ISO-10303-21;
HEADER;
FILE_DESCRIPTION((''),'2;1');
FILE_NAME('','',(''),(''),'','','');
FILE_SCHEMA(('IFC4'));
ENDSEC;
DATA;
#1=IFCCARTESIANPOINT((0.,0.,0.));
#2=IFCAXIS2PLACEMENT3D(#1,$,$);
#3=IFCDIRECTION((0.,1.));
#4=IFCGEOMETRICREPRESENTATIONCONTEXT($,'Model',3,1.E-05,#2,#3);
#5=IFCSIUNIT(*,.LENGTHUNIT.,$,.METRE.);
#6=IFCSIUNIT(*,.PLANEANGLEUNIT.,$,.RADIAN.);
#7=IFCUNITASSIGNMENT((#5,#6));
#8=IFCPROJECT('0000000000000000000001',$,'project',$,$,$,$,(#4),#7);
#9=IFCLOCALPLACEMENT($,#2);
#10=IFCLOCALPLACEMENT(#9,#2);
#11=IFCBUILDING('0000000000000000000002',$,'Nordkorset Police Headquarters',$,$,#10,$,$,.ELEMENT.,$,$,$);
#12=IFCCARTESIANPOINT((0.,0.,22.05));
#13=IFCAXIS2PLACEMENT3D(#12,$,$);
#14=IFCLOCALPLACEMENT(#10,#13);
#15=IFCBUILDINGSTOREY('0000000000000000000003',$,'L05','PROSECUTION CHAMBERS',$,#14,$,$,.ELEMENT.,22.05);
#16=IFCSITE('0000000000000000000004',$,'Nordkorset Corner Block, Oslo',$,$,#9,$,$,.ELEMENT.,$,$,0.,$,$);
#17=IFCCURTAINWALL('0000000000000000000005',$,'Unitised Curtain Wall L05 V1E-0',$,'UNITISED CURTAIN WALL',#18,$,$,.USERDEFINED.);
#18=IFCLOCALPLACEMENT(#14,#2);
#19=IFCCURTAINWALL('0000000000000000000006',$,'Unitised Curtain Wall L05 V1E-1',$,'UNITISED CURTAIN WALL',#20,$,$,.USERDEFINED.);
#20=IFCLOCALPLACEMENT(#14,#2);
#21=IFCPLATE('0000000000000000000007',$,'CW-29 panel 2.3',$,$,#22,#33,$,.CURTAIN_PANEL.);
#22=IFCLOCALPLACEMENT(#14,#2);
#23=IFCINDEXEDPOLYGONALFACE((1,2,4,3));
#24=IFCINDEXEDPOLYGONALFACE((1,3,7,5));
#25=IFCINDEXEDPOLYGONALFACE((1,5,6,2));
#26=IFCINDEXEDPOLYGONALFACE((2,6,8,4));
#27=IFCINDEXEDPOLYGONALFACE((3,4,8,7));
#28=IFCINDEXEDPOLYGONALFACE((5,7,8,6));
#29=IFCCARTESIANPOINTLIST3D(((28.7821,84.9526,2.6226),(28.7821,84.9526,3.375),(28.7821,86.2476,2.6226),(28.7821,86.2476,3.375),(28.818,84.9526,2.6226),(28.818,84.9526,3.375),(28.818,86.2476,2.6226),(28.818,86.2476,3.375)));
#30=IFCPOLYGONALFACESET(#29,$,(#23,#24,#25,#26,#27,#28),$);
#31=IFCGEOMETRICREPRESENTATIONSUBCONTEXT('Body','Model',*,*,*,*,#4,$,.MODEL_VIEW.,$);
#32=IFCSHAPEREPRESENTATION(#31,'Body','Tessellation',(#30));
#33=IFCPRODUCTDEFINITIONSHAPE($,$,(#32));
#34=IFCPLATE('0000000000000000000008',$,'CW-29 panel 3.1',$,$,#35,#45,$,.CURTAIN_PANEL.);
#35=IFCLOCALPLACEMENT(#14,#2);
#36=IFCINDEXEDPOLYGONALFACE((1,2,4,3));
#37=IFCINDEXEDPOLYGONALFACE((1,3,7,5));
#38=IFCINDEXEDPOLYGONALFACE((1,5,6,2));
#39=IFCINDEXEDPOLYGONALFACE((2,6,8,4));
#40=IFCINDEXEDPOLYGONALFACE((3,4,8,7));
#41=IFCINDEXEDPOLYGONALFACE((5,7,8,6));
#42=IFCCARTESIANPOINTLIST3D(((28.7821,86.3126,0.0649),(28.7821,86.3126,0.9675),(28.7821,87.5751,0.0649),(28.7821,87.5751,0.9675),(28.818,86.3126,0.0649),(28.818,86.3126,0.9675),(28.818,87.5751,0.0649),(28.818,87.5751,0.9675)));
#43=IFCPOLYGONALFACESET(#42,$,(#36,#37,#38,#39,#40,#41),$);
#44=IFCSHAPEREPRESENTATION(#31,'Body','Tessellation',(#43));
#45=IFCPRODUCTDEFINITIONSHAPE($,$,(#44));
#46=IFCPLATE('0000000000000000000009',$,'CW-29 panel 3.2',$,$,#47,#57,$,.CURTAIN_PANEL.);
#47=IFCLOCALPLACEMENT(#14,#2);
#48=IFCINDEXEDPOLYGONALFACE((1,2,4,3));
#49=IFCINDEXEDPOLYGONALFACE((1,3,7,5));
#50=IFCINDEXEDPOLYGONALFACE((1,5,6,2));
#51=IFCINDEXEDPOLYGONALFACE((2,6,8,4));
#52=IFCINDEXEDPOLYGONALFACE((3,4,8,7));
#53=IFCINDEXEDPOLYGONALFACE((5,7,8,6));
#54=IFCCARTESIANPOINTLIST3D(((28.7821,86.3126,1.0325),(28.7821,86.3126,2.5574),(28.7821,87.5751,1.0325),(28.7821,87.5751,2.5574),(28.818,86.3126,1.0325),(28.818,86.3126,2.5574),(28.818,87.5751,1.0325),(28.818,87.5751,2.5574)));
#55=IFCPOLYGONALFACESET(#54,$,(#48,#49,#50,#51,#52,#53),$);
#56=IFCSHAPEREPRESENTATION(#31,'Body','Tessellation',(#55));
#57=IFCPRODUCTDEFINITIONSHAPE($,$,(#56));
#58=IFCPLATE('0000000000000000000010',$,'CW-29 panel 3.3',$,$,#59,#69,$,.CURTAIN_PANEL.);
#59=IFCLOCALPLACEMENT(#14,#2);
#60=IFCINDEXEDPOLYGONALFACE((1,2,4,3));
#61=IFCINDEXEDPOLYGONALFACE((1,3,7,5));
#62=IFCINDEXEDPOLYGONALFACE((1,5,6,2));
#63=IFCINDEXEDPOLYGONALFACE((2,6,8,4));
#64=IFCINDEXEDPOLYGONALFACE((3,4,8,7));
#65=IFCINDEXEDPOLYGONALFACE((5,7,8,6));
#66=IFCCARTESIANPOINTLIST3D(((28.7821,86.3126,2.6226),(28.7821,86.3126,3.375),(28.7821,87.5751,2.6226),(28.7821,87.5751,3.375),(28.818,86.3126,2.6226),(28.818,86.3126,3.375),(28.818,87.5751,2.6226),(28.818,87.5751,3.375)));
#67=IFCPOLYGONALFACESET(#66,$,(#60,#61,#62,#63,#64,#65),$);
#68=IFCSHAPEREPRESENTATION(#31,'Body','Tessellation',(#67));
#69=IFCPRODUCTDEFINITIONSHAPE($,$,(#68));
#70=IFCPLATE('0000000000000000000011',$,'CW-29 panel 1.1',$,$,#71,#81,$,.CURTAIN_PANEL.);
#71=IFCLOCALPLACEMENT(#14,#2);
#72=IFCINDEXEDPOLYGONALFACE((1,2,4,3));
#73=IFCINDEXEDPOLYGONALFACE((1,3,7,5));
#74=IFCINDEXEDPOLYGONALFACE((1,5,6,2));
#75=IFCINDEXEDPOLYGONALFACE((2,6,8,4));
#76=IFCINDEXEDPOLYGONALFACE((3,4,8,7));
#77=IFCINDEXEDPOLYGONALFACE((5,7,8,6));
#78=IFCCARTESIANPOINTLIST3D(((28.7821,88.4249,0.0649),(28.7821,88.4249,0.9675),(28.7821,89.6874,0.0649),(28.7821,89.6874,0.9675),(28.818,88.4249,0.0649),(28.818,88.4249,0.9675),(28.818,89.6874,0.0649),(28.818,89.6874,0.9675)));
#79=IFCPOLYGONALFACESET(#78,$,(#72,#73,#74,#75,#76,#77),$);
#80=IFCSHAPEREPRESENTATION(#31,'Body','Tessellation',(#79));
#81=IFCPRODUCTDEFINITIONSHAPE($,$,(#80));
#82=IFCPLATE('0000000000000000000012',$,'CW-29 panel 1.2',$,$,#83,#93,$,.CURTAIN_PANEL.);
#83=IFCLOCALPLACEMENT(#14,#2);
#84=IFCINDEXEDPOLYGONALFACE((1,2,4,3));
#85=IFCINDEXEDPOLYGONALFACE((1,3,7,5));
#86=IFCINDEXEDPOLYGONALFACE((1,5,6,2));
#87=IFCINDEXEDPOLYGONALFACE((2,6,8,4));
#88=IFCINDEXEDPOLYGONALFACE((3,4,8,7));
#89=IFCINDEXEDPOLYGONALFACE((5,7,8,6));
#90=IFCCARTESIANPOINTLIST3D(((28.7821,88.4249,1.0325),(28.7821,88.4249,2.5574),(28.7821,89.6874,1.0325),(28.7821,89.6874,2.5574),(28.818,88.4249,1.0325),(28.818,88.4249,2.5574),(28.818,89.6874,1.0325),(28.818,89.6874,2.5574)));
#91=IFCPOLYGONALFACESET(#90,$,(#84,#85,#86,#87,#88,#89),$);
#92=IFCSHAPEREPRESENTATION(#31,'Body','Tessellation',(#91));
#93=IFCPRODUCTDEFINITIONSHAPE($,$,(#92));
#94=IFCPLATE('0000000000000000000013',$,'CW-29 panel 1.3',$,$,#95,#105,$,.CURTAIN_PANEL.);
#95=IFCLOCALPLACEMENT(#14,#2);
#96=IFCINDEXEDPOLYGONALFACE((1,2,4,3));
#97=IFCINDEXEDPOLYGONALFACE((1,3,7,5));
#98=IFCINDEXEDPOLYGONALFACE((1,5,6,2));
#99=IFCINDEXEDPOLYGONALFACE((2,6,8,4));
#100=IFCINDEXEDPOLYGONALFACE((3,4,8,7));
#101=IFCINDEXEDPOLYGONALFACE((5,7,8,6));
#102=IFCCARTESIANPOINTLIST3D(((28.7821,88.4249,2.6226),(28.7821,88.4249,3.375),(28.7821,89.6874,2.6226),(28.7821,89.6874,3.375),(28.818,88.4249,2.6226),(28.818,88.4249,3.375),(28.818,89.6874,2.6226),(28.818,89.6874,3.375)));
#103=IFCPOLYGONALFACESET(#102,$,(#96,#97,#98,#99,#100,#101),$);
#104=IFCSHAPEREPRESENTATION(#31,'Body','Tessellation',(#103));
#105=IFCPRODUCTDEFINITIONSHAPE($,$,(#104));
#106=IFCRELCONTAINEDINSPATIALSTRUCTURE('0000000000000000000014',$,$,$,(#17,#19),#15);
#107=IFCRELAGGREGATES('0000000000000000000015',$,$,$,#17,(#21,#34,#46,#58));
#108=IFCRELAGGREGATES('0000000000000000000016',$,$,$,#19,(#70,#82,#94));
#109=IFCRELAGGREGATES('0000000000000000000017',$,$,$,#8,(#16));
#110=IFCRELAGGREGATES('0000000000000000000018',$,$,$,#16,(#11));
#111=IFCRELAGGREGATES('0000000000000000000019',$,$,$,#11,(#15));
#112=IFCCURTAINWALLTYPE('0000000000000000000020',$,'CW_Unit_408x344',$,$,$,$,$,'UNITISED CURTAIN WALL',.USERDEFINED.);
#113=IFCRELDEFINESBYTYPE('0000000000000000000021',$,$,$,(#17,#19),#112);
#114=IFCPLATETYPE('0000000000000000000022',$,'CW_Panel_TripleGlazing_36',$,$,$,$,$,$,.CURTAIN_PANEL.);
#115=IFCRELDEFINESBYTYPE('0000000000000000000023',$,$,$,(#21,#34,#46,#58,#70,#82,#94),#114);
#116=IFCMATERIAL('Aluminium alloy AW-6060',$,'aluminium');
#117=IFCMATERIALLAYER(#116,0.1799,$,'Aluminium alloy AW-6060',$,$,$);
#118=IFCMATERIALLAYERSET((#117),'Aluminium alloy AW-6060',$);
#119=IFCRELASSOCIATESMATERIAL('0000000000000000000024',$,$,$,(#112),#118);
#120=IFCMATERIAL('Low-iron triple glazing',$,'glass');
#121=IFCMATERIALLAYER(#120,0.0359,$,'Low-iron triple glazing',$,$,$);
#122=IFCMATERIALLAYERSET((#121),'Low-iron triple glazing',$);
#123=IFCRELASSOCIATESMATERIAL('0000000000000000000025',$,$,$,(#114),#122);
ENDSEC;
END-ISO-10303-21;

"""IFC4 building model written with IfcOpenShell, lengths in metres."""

from ifc_helpers import new_model, si_unit, direction, frame, origin, origin_2d, place, context, subcontext, project, spatial, rectangle, extrude, material, layer, layer_set, type_object, element, aggregate, save


model = new_model("IFC4")

# Units and contexts
model_context = context("Model", 3, precision=1e-05, world=origin(), true_north=direction((0.0, 1.0)))
body_context = subcontext(model_context, "Body", "Model", "MODEL_VIEW")
ifc_project = project(units=[si_unit("LENGTHUNIT", "METRE"), si_unit("PLANEANGLEUNIT", "RADIAN")], contexts=[model_context])

# Site, building, storey
site_placement = place(None, origin())
site = spatial("IfcSite", under=ifc_project, at=site_placement, Name="Nordkorset Corner Block, Oslo", CompositionType="ELEMENT", RefElevation=0.0)
building_placement = place(site_placement, origin())
building = spatial("IfcBuilding", under=site, at=building_placement, Name="Nordkorset Police Headquarters", CompositionType="ELEMENT")
storey_placement = place(building_placement, frame((0.0, 0.0, 22.05)))
storey = spatial("IfcBuildingStorey", under=building, at=storey_placement, Name="L05", Description="PROSECUTION CHAMBERS", CompositionType="ELEMENT", Elevation=22.05)

# Curtain walls
ifc_material_1 = material(Name="Aluminium alloy AW-6060", Category="aluminium")
ifc_layer_1 = layer(ifc_material_1, 0.1799, Name="Aluminium alloy AW-6060")
ifc_layer_set_1 = layer_set([ifc_layer_1], Name="Aluminium alloy AW-6060")
curtain_wall_type = type_object("IfcCurtainWallType", Name="CW_Unit_408x344", ElementType="UNITISED CURTAIN WALL", PredefinedType="USERDEFINED", material=ifc_layer_set_1)
curtain_wall_1_placement = place(storey_placement, origin())
curtain_wall_1 = element("IfcCurtainWall", 1, at=curtain_wall_1_placement, inside=storey, type_object=curtain_wall_type, Name="Unitised Curtain Wall L05 V1E-0", ObjectType="UNITISED CURTAIN WALL", PredefinedType="USERDEFINED")
curtain_wall_2_placement = place(storey_placement, origin())
curtain_wall_2 = element("IfcCurtainWall", 2, at=curtain_wall_2_placement, inside=storey, type_object=curtain_wall_type, Name="Unitised Curtain Wall L05 V1E-1", ObjectType="UNITISED CURTAIN WALL", PredefinedType="USERDEFINED")

# Plates
ifc_material_2 = material(Name="Low-iron triple glazing", Category="glass")
ifc_layer_2 = layer(ifc_material_2, 0.0359, Name="Low-iron triple glazing")
ifc_layer_set_2 = layer_set([ifc_layer_2], Name="Low-iron triple glazing")
plate_type = type_object("IfcPlateType", Name="CW_Panel_TripleGlazing_36", PredefinedType="CURTAIN_PANEL", material=ifc_layer_set_2)
plate_1_placement = place(storey_placement, frame((28.8, 85.6001, 2.6226), z_axis=(0.0, 0.0, 1.0), x_axis=(0.0, 1.0, 0.0)))
plate_1 = element("IfcPlate", 3, at=plate_1_placement, type_object=plate_type, Name="CW-29 panel 2.3", PredefinedType="CURTAIN_PANEL", context=body_context, shape_type="SweptSolid", body=[
    extrude(rectangle(XDim=1.2949, YDim=0.0359, at=origin_2d()), origin(), (0.0, 0.0, 1.0), 0.7524),
])
plate_2_placement = place(storey_placement, frame((28.8, 86.9438, 0.0649), z_axis=(0.0, 0.0, 1.0), x_axis=(0.0, 1.0, 0.0)))
plate_2 = element("IfcPlate", 4, at=plate_2_placement, type_object=plate_type, Name="CW-29 panel 3.1", PredefinedType="CURTAIN_PANEL", context=body_context, shape_type="SweptSolid", body=[
    extrude(rectangle(XDim=1.2625, YDim=0.0359, at=origin_2d()), origin(), (0.0, 0.0, 1.0), 0.9026),
])
plate_3_placement = place(storey_placement, frame((28.8, 86.9438, 1.0325), z_axis=(0.0, 0.0, 1.0), x_axis=(0.0, 1.0, 0.0)))
plate_3 = element("IfcPlate", 5, at=plate_3_placement, type_object=plate_type, Name="CW-29 panel 3.2", PredefinedType="CURTAIN_PANEL", context=body_context, shape_type="SweptSolid", body=[
    extrude(rectangle(XDim=1.2625, YDim=0.0359, at=origin_2d()), origin(), (0.0, 0.0, 1.0), 1.5249),
])
plate_4_placement = place(storey_placement, frame((28.8, 86.9438, 2.6226), z_axis=(0.0, 0.0, 1.0), x_axis=(0.0, 1.0, 0.0)))
plate_4 = element("IfcPlate", 6, at=plate_4_placement, type_object=plate_type, Name="CW-29 panel 3.3", PredefinedType="CURTAIN_PANEL", context=body_context, shape_type="SweptSolid", body=[
    extrude(rectangle(XDim=1.2625, YDim=0.0359, at=origin_2d()), origin(), (0.0, 0.0, 1.0), 0.7524),
])
aggregate(curtain_wall_1, [plate_1, plate_2, plate_3, plate_4])
plate_5_placement = place(storey_placement, frame((28.8, 89.0562, 0.0649), z_axis=(0.0, 0.0, 1.0), x_axis=(0.0, 1.0, 0.0)))
plate_5 = element("IfcPlate", 7, at=plate_5_placement, type_object=plate_type, Name="CW-29 panel 1.1", PredefinedType="CURTAIN_PANEL", context=body_context, shape_type="SweptSolid", body=[
    extrude(rectangle(XDim=1.2625, YDim=0.0359, at=origin_2d()), origin(), (0.0, 0.0, 1.0), 0.9026),
])
plate_6_placement = place(storey_placement, frame((28.8, 89.0562, 1.0325), z_axis=(0.0, 0.0, 1.0), x_axis=(0.0, 1.0, 0.0)))
plate_6 = element("IfcPlate", 8, at=plate_6_placement, type_object=plate_type, Name="CW-29 panel 1.2", PredefinedType="CURTAIN_PANEL", context=body_context, shape_type="SweptSolid", body=[
    extrude(rectangle(XDim=1.2625, YDim=0.0359, at=origin_2d()), origin(), (0.0, 0.0, 1.0), 1.5249),
])
plate_7_placement = place(storey_placement, frame((28.8, 89.0562, 2.6226), z_axis=(0.0, 0.0, 1.0), x_axis=(0.0, 1.0, 0.0)))
plate_7 = element("IfcPlate", 9, at=plate_7_placement, type_object=plate_type, Name="CW-29 panel 1.3", PredefinedType="CURTAIN_PANEL", context=body_context, shape_type="SweptSolid", body=[
    extrude(rectangle(XDim=1.2625, YDim=0.0359, at=origin_2d()), origin(), (0.0, 0.0, 1.0), 0.7524),
])
aggregate(curtain_wall_2, [plate_5, plate_6, plate_7])

save(model, "model.ifc")
